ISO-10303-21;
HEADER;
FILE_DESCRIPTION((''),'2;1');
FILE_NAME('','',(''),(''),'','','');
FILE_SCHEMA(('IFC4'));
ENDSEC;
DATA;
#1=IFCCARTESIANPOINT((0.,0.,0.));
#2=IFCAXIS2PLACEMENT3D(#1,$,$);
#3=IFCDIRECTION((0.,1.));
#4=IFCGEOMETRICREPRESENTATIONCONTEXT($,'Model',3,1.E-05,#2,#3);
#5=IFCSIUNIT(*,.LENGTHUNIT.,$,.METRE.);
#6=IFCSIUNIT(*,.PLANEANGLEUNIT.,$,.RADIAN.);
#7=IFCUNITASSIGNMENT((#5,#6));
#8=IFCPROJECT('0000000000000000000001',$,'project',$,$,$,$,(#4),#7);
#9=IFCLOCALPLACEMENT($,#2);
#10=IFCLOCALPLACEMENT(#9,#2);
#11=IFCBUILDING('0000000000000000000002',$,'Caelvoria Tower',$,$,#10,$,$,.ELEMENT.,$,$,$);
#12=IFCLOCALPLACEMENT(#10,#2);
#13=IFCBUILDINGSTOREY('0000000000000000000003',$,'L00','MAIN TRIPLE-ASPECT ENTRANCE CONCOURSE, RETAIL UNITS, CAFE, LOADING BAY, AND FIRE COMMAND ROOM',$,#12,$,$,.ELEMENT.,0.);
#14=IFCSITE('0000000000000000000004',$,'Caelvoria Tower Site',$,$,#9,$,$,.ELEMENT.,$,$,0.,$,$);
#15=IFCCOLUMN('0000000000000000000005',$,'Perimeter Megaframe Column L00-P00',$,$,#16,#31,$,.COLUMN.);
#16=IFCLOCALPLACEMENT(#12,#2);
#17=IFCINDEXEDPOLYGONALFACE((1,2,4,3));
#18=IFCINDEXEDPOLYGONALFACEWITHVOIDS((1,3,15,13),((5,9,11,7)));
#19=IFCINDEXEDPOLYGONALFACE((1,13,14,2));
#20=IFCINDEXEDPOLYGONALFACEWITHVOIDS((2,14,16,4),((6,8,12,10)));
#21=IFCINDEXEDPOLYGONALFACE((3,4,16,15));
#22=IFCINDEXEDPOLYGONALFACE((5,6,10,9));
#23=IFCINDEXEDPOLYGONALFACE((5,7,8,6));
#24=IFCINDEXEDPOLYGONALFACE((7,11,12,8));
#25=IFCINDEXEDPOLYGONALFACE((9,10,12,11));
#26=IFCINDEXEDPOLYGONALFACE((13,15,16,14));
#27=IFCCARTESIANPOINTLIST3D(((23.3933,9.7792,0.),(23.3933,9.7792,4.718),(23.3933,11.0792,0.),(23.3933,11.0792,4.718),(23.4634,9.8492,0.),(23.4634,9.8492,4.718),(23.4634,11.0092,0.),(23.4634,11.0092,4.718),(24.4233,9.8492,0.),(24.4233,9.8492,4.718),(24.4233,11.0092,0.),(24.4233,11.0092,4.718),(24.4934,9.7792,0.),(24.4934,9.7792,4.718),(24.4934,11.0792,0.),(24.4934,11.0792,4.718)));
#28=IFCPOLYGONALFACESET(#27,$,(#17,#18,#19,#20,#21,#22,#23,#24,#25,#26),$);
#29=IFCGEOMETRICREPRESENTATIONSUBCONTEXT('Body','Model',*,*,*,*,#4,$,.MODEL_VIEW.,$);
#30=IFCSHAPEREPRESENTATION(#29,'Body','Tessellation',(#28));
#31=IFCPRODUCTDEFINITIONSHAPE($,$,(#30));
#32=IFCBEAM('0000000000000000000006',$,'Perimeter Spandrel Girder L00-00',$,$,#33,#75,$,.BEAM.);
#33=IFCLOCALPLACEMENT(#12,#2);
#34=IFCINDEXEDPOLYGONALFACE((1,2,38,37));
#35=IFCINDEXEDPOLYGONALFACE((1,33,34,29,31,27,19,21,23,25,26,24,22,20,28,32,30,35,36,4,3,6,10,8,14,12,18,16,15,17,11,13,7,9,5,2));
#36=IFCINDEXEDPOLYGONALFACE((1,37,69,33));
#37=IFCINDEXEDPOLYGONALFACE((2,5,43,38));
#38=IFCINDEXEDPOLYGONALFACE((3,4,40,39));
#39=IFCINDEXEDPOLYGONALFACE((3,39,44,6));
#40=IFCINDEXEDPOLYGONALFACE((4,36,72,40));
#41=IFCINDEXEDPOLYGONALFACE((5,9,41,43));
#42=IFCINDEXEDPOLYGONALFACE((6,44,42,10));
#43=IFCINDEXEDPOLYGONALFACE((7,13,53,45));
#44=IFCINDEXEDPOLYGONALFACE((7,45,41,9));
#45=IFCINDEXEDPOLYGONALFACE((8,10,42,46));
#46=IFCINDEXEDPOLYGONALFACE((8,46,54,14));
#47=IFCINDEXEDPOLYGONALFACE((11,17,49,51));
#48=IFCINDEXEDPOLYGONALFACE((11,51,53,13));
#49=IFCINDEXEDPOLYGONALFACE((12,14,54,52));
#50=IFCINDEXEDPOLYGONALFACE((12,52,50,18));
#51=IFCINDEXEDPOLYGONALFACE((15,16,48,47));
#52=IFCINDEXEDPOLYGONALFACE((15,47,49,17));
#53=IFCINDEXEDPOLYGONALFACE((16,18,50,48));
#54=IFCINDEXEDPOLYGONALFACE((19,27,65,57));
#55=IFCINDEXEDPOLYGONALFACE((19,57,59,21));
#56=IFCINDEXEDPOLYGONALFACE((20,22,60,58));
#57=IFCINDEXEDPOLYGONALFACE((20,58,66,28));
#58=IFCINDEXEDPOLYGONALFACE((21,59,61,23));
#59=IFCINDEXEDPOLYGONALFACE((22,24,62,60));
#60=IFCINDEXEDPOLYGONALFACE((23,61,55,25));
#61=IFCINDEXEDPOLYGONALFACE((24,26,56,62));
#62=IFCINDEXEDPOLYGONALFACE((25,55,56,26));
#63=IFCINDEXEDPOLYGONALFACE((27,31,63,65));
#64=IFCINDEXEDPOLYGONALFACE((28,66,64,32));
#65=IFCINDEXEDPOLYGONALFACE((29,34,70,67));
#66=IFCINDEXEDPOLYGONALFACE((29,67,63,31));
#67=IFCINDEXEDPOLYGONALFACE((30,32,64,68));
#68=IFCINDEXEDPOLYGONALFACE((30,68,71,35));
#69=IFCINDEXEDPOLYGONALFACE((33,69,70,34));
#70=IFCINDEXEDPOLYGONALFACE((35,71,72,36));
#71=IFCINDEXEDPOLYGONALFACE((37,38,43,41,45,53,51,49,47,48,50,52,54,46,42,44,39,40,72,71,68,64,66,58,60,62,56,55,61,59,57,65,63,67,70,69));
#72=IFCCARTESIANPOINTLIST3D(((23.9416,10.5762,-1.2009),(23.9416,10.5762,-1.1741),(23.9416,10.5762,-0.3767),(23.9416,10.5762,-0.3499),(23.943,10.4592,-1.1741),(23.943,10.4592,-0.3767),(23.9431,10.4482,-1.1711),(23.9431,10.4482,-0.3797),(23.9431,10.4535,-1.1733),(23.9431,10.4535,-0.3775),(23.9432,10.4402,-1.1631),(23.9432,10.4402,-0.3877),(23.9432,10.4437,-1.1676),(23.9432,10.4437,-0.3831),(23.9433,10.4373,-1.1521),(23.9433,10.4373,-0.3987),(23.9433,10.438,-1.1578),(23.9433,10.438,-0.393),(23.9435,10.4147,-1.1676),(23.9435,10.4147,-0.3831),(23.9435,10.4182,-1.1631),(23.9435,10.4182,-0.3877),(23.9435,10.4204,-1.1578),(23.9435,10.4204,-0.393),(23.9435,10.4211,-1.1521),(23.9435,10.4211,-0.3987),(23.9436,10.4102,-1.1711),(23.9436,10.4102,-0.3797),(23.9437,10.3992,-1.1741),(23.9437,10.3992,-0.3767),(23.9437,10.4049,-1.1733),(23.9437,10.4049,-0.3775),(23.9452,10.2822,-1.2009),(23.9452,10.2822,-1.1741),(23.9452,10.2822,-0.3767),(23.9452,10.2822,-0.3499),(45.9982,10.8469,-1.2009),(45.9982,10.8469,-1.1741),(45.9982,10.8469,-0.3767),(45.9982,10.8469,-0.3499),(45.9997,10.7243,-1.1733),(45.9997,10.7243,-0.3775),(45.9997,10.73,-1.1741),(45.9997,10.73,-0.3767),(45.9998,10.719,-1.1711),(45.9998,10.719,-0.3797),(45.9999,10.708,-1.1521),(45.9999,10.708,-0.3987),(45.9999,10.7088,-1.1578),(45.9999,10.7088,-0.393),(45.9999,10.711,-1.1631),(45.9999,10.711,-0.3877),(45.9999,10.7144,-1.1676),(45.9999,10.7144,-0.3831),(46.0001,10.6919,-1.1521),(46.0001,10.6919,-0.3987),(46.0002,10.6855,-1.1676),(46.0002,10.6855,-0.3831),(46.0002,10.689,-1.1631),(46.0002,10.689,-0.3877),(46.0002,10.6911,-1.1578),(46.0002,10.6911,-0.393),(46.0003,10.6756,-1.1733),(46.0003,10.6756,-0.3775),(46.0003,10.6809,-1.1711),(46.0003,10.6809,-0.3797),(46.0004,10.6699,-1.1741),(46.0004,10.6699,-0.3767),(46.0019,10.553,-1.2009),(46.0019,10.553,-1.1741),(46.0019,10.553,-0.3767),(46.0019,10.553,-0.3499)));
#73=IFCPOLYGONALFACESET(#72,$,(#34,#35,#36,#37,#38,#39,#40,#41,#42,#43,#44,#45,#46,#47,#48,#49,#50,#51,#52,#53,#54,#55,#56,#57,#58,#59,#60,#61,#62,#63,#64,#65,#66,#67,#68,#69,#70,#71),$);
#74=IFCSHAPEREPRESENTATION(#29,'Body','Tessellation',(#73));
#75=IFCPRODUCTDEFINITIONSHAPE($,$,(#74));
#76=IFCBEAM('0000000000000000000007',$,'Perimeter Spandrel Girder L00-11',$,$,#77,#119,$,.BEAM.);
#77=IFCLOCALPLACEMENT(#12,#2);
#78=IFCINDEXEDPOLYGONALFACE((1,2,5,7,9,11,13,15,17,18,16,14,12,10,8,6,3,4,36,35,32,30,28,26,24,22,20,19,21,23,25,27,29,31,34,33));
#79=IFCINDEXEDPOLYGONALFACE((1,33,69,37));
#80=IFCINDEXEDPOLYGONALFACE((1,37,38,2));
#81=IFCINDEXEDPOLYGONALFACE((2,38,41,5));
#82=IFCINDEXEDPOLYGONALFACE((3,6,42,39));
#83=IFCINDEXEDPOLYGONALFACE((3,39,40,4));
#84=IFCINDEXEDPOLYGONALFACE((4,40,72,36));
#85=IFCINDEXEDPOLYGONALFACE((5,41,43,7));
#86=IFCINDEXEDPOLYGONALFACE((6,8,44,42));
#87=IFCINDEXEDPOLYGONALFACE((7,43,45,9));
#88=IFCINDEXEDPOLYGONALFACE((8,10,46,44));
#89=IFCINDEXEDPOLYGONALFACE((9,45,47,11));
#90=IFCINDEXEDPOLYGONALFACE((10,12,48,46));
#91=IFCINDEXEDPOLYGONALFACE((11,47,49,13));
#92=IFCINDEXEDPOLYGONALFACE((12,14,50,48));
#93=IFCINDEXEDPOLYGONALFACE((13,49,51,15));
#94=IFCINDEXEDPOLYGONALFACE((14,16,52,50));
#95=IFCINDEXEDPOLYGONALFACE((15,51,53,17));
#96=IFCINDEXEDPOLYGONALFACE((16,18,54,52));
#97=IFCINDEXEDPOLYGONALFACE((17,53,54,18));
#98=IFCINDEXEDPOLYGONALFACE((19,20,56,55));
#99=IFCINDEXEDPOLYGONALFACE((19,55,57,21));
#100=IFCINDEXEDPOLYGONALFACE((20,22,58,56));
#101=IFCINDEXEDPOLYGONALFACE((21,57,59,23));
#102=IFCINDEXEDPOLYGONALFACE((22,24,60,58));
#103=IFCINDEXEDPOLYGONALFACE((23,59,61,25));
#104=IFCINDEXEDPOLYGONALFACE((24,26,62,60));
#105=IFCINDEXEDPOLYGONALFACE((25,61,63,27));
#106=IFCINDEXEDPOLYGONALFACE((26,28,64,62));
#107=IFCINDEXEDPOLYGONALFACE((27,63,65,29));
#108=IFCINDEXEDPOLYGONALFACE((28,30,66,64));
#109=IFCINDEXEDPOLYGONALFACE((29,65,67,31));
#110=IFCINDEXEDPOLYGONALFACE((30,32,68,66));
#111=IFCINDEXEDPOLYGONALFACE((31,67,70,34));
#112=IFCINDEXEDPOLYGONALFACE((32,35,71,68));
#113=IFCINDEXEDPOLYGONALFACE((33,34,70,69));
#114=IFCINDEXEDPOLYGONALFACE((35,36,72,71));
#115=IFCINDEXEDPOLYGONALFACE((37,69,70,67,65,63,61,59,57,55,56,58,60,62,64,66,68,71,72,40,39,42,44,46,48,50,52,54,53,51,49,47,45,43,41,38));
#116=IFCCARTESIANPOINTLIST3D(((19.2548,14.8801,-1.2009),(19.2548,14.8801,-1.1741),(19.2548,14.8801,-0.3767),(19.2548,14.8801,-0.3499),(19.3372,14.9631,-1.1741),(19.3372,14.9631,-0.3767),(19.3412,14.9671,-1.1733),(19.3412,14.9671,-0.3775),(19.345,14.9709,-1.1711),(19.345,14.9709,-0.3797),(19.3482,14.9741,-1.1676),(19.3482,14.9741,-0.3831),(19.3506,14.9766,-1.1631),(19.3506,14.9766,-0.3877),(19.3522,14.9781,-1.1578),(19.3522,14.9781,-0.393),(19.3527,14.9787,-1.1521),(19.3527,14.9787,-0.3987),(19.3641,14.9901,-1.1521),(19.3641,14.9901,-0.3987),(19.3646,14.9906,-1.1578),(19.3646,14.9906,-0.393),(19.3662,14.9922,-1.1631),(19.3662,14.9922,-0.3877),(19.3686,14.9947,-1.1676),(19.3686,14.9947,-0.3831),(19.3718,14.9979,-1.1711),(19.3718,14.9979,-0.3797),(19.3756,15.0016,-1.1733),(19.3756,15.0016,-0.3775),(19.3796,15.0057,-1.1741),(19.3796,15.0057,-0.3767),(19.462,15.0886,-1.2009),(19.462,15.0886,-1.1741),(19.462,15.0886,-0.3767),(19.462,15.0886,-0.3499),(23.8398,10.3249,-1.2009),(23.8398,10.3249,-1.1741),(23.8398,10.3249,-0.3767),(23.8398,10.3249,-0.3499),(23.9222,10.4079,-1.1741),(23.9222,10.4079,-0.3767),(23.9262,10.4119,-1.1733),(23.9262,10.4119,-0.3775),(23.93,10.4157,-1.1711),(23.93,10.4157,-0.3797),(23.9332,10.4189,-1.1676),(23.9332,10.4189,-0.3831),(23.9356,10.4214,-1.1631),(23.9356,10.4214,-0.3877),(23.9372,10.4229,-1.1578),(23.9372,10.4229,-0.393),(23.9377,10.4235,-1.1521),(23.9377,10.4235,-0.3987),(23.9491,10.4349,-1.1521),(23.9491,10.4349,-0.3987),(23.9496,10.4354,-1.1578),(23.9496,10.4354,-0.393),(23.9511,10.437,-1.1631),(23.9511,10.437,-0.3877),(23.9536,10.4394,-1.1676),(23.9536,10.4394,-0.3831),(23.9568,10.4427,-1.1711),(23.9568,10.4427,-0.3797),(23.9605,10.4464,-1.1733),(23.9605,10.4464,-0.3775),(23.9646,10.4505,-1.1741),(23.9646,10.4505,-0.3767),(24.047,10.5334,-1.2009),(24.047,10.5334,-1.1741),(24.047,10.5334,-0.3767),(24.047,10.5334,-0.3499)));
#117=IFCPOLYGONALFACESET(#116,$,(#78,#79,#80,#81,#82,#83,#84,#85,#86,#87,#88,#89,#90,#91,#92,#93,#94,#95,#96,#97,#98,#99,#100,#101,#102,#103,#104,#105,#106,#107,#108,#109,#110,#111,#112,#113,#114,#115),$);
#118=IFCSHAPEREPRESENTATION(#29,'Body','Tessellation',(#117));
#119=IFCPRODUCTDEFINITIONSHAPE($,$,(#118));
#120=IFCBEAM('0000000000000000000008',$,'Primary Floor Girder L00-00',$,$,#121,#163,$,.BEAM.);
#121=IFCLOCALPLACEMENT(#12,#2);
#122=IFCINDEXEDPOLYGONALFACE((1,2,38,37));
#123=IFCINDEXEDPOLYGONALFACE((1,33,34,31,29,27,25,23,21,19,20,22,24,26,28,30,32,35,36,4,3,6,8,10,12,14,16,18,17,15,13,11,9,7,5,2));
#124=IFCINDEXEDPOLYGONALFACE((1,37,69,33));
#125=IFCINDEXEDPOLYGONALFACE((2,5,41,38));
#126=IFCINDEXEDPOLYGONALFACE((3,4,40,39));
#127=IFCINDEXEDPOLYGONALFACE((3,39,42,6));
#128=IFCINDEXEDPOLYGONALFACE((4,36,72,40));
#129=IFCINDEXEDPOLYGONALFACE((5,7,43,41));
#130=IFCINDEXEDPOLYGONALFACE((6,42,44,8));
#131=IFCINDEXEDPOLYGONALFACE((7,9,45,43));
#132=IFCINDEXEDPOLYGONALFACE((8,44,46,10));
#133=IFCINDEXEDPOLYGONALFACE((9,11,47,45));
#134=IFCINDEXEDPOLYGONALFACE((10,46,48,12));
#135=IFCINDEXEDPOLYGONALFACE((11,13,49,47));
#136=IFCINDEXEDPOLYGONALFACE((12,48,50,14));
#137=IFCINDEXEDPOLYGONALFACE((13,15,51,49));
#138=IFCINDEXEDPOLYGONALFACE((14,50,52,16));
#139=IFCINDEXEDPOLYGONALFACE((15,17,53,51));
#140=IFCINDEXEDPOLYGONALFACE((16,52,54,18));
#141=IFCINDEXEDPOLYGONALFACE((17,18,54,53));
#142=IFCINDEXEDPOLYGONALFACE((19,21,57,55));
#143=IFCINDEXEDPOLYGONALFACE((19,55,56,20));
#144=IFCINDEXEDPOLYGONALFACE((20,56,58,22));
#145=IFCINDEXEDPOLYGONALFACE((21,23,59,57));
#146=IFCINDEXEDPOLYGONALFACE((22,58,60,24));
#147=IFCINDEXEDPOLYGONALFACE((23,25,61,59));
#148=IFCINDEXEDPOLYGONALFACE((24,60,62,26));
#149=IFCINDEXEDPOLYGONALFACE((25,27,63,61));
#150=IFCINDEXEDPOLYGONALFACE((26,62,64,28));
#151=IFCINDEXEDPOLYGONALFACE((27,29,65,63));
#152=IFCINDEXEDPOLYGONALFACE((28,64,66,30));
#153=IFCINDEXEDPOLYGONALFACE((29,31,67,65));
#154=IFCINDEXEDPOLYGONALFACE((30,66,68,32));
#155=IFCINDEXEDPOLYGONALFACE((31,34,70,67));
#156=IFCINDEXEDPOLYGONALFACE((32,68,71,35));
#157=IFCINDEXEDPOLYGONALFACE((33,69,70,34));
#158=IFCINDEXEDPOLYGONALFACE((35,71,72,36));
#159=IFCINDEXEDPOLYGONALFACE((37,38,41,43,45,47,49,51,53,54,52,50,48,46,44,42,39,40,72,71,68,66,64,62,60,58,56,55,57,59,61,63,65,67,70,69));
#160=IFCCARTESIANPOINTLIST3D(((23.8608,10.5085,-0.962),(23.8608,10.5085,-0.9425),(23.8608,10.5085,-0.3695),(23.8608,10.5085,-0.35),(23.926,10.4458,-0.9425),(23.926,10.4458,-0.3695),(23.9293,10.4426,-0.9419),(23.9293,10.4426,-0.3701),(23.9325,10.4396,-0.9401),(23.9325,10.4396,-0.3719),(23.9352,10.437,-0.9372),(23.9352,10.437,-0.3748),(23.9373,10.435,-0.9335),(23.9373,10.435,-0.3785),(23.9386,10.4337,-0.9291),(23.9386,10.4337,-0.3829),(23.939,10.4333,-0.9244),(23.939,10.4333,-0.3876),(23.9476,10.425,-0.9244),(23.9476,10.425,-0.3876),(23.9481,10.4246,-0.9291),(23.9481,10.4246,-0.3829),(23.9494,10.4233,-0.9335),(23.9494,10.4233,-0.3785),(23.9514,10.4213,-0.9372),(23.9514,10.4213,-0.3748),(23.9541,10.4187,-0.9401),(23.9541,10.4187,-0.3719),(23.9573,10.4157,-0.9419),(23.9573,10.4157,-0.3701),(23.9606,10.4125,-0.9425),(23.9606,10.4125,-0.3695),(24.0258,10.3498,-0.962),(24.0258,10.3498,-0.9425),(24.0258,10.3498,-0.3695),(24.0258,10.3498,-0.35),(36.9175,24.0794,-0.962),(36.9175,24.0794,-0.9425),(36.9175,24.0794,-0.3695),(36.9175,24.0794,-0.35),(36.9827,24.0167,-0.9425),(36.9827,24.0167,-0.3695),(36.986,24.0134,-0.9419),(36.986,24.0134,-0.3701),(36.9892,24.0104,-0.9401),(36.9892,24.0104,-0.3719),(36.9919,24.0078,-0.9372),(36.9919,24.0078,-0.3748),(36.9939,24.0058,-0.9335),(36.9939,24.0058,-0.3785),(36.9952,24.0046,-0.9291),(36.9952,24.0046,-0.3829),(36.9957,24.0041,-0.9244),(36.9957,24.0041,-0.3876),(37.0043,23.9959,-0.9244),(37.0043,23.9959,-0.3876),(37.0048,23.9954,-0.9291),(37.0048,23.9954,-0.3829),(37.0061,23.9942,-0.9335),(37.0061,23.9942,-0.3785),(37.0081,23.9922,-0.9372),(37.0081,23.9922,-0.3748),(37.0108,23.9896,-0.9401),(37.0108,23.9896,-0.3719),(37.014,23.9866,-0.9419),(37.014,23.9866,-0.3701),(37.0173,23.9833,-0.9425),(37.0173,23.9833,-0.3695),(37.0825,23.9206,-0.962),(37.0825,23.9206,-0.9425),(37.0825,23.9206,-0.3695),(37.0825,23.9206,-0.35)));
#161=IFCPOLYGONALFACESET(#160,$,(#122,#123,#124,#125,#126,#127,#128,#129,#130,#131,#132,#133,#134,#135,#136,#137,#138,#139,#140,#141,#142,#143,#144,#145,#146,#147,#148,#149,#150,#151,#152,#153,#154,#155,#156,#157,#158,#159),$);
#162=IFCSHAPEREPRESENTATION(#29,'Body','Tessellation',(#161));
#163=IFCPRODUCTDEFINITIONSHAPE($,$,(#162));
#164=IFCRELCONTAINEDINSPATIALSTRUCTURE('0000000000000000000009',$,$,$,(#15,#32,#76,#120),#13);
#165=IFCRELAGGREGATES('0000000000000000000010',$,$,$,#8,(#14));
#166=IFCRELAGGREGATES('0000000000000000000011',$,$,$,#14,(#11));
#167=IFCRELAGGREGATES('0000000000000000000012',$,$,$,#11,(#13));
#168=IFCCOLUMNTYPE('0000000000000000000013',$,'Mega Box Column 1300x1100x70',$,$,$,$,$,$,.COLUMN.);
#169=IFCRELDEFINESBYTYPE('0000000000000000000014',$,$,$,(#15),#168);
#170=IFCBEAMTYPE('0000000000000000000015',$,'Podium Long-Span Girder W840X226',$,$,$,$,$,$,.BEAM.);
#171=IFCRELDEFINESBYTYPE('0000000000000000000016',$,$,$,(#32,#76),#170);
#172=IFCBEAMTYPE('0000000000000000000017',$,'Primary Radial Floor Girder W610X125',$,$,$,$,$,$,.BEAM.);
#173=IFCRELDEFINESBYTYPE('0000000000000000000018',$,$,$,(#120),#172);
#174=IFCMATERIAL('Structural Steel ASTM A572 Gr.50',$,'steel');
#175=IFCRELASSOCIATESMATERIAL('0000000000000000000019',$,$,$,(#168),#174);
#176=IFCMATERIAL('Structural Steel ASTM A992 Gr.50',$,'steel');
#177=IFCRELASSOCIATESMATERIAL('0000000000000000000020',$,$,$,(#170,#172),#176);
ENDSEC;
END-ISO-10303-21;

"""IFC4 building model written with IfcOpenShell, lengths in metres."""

from ifc_helpers import new_model, si_unit, direction, frame, origin, origin_2d, place, context, subcontext, project, spatial, hollow_rectangle, i_section, extrude, material, material_profile, profile_set, type_object, element, save


model = new_model("IFC4")

# Units and contexts
model_context = context("Model", 3, precision=1e-05, world=origin(), true_north=direction((0.0, 1.0)))
body_context = subcontext(model_context, "Body", "Model", "MODEL_VIEW")
ifc_project = project(units=[si_unit("LENGTHUNIT", "METRE"), si_unit("PLANEANGLEUNIT", "RADIAN")], contexts=[model_context])

# Site, building, storey
site_placement = place(None, origin())
site = spatial("IfcSite", under=ifc_project, at=site_placement, Name="Caelvoria Tower Site", CompositionType="ELEMENT", RefElevation=0.0)
building_placement = place(site_placement, origin())
building = spatial("IfcBuilding", under=site, at=building_placement, Name="Caelvoria Tower", CompositionType="ELEMENT")
storey_placement = place(building_placement, origin())
storey = spatial("IfcBuildingStorey", under=building, at=storey_placement, Name="L00", Description="MAIN TRIPLE-ASPECT ENTRANCE CONCOURSE, RETAIL UNITS, CAFE, LOADING BAY, AND FIRE COMMAND ROOM", CompositionType="ELEMENT", Elevation=0.0)

# Column
ifc_material_1 = material(Name="Structural Steel ASTM A572 Gr.50", Category="steel")
ifc_material_profile_1 = material_profile(ifc_material_1, hollow_rectangle(XDim=1.1001, YDim=1.3, WallThickness=0.0701, at=origin_2d()), Name="Structural Steel ASTM A572 Gr.50")
ifc_profile_set_1 = profile_set([ifc_material_profile_1], Name="BOX1300X1100X70 - Structural Steel ASTM A572 Gr.50")
column_type = type_object("IfcColumnType", Name="Mega Box Column 1300x1100x70", PredefinedType="COLUMN", material=ifc_profile_set_1)
column_placement = place(storey_placement, frame((23.9434, 10.4292, 0.0), z_axis=(0.0, 0.0, 1.0), x_axis=(1.0, 0.0, 0.0)))
element("IfcColumn", 1, at=column_placement, inside=storey, type_object=column_type, Name="Perimeter Megaframe Column L00-P00", PredefinedType="COLUMN", context=body_context, shape_type="SweptSolid", body=[
    extrude(hollow_rectangle(XDim=1.1001, YDim=1.3, WallThickness=0.0701, at=origin_2d()), origin(), (0.0, 0.0, 1.0), 4.718),
])

# Beams
ifc_material_2 = material(Name="Structural Steel ASTM A992 Gr.50", Category="steel")
ifc_material_profile_2 = material_profile(ifc_material_2, i_section(OverallWidth=0.2939, OverallDepth=0.8511, WebThickness=0.0161, FlangeThickness=0.0269, FilletRadius=0.022, at=origin_2d()), Name="Structural Steel ASTM A992 Gr.50")
ifc_profile_set_2 = profile_set([ifc_material_profile_2], Name="W840X226 - Structural Steel ASTM A992 Gr.50")
beam_type_1 = type_object("IfcBeamType", Name="Podium Long-Span Girder W840X226", PredefinedType="BEAM", material=ifc_profile_set_2)
beam_1_placement = place(storey_placement, frame((23.9434, 10.4292, -0.7754), z_axis=(0.999925, 0.012274, 0.0), x_axis=(-0.012274, 0.999925, 0.0)))
element("IfcBeam", 2, at=beam_1_placement, inside=storey, type_object=beam_type_1, Name="Perimeter Spandrel Girder L00-00", PredefinedType="BEAM", context=body_context, shape_type="SweptSolid", body=[
    extrude(i_section(OverallWidth=0.2939, OverallDepth=0.8511, WebThickness=0.0161, FlangeThickness=0.0269, FilletRadius=0.022, at=origin_2d()), origin(), (0.0, 0.0, 1.0), 22.0583),
])
beam_2_placement = place(storey_placement, frame((19.3584, 14.9844, -0.7754), z_axis=(0.709407, -0.704799, 0.0), x_axis=(0.704799, 0.709407, 0.0)))
element("IfcBeam", 3, at=beam_2_placement, inside=storey, type_object=beam_type_1, Name="Perimeter Spandrel Girder L00-11", PredefinedType="BEAM", context=body_context, shape_type="SweptSolid", body=[
    extrude(i_section(OverallWidth=0.2939, OverallDepth=0.8511, WebThickness=0.0161, FlangeThickness=0.0269, FilletRadius=0.022, at=origin_2d()), origin(), (0.0, 0.0, 1.0), 6.4631),
])
ifc_material_profile_3 = material_profile(ifc_material_2, i_section(OverallWidth=0.229, OverallDepth=0.6121, WebThickness=0.012, FlangeThickness=0.0195, FilletRadius=0.0181, at=origin_2d()), Name="Structural Steel ASTM A992 Gr.50")
ifc_profile_set_3 = profile_set([ifc_material_profile_3], Name="W610X125 - Structural Steel ASTM A992 Gr.50")
beam_type_2 = type_object("IfcBeamType", Name="Primary Radial Floor Girder W610X125", PredefinedType="BEAM", material=ifc_profile_set_3)
beam_3_placement = place(storey_placement, frame((37.0, 24.0, -0.656), z_axis=(-0.693324, -0.720626, 0.0), x_axis=(0.720626, -0.693324, 0.0)))
element("IfcBeam", 4, at=beam_3_placement, inside=storey, type_object=beam_type_2, Name="Primary Floor Girder L00-00", PredefinedType="BEAM", context=body_context, shape_type="SweptSolid", body=[
    extrude(i_section(OverallWidth=0.229, OverallDepth=0.6121, WebThickness=0.012, FlangeThickness=0.0195, FilletRadius=0.0181, at=origin_2d()), origin(), (0.0, 0.0, 1.0), 18.832),
])

save(model, "model.ifc")
